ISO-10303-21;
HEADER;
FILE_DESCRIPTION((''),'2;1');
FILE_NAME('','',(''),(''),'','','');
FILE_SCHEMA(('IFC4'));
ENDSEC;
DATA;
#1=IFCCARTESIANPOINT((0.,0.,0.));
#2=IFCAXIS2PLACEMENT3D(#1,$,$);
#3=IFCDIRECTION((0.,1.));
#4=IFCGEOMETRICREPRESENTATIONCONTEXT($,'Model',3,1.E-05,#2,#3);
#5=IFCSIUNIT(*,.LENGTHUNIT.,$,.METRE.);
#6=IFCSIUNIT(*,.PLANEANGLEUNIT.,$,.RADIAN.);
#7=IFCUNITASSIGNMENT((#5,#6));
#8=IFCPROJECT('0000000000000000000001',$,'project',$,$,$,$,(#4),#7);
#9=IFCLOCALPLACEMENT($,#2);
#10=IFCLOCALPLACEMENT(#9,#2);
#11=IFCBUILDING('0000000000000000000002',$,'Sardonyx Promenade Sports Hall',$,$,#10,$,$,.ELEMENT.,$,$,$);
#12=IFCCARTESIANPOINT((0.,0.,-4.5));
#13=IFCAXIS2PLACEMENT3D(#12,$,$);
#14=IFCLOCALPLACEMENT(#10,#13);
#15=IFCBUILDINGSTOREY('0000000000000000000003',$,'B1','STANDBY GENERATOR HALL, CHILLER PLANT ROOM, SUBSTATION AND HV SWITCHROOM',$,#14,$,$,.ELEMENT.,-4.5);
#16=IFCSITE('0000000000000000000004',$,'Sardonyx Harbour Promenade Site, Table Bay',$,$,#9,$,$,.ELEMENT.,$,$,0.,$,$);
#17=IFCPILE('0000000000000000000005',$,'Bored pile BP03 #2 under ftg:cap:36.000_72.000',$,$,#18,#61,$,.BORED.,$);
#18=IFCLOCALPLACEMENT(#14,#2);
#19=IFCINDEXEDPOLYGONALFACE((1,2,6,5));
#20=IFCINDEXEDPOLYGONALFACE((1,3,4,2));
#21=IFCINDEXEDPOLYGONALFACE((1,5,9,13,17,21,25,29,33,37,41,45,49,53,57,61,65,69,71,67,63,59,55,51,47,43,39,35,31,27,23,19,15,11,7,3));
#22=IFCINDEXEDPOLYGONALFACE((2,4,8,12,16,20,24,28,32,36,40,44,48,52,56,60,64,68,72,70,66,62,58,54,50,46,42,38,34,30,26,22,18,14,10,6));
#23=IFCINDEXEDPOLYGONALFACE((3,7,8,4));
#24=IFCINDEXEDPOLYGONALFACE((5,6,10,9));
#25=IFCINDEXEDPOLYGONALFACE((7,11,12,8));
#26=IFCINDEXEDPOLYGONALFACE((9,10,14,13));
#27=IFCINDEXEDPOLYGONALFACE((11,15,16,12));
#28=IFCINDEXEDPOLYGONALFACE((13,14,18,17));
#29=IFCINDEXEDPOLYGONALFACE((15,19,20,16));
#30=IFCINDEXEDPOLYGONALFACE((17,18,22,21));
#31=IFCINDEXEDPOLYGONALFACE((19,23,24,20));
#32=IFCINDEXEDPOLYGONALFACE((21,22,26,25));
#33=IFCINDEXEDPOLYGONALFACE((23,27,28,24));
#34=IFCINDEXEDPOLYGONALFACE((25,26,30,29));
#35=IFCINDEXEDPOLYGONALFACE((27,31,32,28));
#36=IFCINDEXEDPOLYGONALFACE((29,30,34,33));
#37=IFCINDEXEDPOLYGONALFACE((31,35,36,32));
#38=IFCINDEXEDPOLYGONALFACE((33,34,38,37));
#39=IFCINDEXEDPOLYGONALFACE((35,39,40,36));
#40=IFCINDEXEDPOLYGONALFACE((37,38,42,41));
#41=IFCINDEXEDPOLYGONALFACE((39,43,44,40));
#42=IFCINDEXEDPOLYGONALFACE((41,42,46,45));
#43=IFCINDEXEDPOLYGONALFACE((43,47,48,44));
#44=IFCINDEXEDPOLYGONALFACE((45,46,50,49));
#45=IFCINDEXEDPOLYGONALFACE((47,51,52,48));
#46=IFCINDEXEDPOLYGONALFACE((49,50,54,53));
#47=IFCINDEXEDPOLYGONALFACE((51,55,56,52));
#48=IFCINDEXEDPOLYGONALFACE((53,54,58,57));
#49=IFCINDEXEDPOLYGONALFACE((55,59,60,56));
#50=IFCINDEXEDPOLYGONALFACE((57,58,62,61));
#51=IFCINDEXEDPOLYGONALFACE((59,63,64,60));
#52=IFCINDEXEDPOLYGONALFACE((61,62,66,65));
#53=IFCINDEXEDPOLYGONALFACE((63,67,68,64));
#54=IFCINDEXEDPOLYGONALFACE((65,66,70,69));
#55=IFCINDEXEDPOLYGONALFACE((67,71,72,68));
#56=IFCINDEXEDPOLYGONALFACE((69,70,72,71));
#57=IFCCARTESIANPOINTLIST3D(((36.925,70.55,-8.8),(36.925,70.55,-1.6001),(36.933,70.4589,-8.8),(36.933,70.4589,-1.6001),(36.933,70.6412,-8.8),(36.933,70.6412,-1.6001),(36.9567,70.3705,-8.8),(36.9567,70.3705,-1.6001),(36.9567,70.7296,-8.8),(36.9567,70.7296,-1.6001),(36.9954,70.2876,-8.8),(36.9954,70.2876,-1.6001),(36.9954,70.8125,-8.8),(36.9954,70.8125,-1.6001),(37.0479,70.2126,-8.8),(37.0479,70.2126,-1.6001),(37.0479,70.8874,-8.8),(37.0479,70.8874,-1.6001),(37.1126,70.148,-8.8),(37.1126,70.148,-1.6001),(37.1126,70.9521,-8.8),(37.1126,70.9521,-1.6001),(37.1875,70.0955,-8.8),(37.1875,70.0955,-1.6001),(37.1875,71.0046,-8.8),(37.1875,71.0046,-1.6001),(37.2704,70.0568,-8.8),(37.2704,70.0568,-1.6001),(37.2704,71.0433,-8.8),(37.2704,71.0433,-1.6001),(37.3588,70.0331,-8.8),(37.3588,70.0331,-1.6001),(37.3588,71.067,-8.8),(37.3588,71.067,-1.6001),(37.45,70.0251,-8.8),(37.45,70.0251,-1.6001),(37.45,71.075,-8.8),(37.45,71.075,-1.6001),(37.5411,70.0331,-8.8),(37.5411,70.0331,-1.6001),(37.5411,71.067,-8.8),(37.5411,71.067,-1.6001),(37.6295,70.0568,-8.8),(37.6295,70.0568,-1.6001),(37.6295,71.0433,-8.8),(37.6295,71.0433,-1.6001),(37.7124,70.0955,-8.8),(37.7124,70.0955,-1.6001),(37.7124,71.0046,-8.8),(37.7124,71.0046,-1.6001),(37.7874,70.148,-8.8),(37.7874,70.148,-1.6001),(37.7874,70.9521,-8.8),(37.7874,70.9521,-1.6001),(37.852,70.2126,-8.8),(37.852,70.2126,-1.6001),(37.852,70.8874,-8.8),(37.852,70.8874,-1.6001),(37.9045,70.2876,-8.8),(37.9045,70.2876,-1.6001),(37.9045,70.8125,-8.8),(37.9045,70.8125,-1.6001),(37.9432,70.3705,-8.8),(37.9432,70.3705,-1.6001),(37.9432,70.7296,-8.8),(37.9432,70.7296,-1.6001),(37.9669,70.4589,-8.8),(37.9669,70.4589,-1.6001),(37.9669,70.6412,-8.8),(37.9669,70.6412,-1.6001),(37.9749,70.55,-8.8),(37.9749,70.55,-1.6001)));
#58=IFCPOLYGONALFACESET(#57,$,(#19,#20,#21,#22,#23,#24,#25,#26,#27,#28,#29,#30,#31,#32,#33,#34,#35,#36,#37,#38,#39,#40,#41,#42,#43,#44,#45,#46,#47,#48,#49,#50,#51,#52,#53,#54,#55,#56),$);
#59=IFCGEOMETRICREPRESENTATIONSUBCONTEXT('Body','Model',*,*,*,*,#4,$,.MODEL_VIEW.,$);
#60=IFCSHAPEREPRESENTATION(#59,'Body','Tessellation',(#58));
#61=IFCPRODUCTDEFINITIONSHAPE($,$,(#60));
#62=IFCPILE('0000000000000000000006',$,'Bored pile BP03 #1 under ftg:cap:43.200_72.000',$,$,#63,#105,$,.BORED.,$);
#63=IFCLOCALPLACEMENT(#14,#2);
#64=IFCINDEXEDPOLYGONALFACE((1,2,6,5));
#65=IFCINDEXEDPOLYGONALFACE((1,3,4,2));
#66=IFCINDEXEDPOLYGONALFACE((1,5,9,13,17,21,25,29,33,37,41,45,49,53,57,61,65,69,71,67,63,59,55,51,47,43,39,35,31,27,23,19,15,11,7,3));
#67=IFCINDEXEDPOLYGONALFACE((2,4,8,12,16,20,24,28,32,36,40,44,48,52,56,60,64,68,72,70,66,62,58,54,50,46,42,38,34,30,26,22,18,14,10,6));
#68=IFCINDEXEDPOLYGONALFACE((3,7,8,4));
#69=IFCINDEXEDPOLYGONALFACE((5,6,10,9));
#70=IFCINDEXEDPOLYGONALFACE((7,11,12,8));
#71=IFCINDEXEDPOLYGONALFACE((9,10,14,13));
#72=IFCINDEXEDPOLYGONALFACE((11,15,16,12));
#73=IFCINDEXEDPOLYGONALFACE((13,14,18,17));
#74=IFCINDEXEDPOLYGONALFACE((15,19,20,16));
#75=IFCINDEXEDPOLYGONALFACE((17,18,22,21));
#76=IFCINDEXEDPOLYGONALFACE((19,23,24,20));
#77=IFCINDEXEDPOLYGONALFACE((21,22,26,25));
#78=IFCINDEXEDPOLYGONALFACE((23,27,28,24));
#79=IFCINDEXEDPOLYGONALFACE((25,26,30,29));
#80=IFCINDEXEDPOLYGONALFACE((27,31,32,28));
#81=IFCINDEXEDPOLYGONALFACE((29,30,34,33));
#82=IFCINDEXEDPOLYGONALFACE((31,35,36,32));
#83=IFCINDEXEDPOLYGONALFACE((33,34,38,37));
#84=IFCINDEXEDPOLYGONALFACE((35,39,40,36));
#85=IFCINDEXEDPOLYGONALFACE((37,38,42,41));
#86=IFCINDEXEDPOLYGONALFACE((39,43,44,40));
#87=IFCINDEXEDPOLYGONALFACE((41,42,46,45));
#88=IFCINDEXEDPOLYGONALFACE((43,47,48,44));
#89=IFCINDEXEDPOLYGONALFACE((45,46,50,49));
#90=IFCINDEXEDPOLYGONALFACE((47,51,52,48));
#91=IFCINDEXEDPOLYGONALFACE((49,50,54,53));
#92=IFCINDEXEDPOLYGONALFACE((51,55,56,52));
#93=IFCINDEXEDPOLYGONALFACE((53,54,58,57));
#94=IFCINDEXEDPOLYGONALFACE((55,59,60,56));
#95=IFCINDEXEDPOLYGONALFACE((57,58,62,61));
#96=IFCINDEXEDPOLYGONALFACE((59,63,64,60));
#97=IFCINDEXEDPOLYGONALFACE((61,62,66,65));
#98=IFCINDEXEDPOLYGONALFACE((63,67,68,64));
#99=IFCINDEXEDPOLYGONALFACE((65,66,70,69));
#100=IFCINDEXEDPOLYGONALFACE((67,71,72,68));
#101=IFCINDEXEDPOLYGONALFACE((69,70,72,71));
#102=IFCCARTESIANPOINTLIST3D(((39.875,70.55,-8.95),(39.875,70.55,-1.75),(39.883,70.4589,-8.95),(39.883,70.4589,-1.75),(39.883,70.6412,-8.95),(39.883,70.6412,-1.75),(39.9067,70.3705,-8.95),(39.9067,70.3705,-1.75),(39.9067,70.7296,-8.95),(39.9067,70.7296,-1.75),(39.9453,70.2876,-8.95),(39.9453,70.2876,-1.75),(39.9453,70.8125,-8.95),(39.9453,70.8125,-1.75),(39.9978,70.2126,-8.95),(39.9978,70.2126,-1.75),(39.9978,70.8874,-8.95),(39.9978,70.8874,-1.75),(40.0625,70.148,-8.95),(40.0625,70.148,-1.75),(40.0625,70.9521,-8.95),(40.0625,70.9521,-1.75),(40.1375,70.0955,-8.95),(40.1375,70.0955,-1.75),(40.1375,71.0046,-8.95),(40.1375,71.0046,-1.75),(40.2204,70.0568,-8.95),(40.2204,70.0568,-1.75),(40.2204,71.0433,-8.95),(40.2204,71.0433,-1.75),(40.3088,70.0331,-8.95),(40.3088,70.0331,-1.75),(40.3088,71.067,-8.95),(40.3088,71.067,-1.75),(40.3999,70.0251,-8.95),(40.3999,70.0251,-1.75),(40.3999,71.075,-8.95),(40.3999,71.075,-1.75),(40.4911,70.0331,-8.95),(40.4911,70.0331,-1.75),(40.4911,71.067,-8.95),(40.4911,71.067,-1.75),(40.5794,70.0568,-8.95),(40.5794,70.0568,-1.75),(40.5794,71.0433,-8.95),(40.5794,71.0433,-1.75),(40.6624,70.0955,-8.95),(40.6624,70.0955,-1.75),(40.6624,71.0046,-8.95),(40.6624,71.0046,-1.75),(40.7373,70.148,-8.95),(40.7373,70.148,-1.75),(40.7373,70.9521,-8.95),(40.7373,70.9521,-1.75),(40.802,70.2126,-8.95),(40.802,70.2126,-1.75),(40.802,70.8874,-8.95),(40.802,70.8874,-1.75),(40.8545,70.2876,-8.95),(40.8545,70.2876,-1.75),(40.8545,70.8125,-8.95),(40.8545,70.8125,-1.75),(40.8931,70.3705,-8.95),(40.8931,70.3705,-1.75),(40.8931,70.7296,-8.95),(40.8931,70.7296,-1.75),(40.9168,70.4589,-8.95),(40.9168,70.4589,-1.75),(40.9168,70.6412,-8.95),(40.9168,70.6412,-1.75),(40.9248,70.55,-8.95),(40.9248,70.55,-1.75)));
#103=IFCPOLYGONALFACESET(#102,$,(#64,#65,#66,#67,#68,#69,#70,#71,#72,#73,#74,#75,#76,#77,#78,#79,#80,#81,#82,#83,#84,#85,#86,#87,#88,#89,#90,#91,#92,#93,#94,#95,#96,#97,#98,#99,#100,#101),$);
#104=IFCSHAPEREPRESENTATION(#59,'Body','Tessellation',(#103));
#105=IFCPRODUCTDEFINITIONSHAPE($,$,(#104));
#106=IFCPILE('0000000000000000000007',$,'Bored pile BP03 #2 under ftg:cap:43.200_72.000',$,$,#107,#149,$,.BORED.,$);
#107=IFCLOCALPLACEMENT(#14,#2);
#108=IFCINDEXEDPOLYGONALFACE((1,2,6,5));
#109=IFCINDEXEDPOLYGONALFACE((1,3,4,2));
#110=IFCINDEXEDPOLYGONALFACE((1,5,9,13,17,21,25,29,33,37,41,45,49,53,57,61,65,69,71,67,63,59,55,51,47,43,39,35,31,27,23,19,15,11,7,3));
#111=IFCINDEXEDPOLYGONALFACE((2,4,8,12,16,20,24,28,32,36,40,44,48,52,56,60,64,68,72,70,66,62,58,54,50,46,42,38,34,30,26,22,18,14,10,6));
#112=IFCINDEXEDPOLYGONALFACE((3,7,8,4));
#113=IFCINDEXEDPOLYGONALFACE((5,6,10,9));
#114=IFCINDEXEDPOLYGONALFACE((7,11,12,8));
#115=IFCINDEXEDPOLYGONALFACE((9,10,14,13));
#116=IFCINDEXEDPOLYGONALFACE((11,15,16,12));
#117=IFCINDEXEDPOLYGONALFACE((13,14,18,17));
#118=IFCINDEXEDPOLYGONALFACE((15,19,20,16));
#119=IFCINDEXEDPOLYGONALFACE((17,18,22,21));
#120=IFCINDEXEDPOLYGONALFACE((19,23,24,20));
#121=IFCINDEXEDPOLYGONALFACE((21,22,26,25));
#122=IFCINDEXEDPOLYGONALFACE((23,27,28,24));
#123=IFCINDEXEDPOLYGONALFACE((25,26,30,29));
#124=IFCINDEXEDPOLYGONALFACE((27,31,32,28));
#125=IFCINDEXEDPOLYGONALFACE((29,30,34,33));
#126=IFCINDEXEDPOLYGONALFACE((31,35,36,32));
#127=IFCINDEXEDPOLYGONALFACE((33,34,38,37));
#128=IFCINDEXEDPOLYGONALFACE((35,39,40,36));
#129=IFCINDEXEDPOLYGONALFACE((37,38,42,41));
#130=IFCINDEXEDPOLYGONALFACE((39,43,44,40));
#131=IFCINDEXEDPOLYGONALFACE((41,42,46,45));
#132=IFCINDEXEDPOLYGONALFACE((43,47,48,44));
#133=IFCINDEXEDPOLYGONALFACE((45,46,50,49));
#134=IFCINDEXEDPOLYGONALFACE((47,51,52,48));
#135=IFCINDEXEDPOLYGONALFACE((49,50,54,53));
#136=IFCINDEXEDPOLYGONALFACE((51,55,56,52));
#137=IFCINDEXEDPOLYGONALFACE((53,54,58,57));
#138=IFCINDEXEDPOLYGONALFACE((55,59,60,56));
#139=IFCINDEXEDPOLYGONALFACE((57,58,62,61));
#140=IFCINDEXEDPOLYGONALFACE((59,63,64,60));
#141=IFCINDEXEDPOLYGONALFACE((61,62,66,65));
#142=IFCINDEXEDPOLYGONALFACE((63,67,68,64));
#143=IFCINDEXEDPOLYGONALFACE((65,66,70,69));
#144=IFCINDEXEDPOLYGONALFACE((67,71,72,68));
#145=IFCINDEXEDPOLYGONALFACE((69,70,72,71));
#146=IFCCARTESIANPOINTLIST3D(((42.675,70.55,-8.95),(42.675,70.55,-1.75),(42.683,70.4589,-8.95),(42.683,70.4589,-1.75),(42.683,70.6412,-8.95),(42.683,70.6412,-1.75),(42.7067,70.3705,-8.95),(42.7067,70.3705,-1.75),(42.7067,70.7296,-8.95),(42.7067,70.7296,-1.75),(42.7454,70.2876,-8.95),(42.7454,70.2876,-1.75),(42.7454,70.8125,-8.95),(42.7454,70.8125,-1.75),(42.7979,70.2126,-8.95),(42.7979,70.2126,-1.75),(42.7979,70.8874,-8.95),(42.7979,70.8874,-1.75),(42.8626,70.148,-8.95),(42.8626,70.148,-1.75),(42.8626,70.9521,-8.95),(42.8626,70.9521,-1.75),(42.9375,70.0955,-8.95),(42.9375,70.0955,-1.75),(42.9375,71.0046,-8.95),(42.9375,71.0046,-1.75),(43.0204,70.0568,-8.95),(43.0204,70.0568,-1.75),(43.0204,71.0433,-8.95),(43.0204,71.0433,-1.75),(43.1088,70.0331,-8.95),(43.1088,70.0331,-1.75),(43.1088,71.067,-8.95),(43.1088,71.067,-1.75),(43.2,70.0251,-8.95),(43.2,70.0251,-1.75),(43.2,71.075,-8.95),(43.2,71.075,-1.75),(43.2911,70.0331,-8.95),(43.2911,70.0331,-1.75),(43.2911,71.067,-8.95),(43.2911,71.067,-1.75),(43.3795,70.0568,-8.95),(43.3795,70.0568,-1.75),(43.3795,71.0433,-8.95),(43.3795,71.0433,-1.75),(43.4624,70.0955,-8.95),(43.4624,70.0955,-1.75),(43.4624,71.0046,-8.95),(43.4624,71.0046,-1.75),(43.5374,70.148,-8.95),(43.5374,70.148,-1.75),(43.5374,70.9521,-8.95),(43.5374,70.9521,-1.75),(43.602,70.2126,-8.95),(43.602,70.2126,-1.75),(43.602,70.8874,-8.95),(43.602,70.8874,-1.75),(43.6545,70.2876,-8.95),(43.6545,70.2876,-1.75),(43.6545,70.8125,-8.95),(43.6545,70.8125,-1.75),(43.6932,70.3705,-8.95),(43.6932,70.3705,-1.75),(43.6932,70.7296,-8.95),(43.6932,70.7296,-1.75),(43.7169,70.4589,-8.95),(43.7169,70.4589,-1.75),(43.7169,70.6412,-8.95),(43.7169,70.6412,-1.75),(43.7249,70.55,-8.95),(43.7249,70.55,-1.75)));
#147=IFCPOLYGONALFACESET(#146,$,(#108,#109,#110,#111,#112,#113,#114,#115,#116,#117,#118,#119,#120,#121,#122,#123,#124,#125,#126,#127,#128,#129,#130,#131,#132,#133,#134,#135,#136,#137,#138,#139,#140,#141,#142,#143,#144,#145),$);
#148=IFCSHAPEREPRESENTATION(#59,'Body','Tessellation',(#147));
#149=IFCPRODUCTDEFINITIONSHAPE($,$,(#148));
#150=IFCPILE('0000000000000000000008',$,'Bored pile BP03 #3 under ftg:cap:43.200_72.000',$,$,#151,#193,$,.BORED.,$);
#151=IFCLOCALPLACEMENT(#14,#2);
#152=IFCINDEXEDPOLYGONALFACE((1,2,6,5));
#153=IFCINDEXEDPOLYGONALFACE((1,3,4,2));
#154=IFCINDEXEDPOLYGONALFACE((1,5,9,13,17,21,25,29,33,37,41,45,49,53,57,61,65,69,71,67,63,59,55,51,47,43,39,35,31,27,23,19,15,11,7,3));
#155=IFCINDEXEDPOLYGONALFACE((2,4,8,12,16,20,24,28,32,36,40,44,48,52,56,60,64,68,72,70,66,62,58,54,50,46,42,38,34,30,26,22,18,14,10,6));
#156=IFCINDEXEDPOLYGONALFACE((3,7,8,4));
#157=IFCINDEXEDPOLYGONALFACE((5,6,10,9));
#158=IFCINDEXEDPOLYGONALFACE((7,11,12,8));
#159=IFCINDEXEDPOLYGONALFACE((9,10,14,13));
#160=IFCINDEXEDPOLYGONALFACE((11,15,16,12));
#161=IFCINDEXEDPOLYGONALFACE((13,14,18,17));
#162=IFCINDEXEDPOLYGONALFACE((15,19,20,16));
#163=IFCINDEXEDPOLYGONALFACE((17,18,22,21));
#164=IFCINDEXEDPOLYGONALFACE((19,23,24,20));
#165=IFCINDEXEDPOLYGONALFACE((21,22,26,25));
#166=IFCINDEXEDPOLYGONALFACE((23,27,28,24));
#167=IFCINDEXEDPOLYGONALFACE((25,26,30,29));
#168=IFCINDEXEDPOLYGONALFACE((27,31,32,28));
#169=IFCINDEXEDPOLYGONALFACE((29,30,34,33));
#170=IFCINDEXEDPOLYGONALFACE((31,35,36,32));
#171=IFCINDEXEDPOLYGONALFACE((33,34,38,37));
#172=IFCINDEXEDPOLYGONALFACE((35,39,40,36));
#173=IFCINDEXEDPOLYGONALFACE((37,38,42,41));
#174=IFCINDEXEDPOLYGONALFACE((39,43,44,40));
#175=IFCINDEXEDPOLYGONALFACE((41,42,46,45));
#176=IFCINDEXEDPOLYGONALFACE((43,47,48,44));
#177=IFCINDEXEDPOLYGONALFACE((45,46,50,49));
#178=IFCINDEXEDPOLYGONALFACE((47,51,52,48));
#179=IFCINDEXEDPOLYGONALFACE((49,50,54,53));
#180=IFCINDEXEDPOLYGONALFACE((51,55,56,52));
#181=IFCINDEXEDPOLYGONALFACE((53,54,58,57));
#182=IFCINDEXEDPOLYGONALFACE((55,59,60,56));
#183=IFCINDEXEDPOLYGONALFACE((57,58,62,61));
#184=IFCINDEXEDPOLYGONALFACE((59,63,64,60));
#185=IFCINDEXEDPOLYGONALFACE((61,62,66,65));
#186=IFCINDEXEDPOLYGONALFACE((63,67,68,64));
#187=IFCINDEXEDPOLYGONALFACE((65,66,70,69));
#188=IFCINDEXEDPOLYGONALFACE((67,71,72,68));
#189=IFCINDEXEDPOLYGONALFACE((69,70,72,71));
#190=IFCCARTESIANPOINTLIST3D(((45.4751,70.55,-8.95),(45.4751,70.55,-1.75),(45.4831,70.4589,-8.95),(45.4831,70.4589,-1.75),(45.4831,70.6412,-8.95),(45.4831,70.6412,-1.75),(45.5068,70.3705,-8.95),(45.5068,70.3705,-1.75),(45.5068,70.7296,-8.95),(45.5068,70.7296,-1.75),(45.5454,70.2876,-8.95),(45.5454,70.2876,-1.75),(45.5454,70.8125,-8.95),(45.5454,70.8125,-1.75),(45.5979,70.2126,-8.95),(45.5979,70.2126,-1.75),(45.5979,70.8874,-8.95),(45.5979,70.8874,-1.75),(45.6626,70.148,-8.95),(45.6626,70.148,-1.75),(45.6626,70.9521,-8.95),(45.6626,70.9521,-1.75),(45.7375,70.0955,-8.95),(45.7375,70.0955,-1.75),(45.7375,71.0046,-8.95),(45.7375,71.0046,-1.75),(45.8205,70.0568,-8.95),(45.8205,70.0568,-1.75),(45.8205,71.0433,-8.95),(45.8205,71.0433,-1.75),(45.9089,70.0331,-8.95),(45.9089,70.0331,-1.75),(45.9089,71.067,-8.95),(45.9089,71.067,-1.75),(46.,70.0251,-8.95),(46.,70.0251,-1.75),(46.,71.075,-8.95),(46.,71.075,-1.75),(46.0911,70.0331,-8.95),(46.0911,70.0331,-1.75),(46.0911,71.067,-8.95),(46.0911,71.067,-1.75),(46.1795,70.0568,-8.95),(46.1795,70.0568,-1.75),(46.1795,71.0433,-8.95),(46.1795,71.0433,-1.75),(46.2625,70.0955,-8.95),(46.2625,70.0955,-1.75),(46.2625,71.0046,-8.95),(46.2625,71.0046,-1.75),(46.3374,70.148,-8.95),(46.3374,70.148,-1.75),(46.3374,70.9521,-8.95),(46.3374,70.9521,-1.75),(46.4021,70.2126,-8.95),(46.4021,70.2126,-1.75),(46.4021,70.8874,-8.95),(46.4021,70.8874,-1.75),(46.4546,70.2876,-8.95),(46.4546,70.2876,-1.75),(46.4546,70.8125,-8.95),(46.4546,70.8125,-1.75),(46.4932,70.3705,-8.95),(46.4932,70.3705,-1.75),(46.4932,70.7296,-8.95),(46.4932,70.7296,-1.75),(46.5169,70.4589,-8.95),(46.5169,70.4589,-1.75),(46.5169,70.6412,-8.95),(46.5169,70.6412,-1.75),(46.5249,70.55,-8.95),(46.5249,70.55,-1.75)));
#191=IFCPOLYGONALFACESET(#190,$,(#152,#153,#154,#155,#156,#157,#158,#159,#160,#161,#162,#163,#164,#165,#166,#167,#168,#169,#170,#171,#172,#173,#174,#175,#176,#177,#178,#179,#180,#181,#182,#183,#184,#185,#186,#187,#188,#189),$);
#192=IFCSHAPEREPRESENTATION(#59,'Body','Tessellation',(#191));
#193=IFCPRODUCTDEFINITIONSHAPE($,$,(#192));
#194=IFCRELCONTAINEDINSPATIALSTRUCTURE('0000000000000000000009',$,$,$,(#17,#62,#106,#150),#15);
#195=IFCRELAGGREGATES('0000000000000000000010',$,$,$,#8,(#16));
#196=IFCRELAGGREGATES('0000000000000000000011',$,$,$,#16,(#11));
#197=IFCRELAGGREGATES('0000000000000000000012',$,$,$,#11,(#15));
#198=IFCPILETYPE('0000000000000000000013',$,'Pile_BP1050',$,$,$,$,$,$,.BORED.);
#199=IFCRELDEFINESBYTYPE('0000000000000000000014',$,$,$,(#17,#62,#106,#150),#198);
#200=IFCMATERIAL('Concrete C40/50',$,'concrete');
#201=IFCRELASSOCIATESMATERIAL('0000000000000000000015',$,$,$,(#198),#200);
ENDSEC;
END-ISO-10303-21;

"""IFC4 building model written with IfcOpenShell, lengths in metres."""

from ifc_helpers import new_model, si_unit, direction, frame, origin, origin_2d, place, context, subcontext, project, spatial, circle, extrude, material, material_profile, profile_set, type_object, element, save


model = new_model("IFC4")

# Units and contexts
model_context = context("Model", 3, precision=1e-05, world=origin(), true_north=direction((0.0, 1.0)))
body_context = subcontext(model_context, "Body", "Model", "MODEL_VIEW")
ifc_project = project(units=[si_unit("LENGTHUNIT", "METRE"), si_unit("PLANEANGLEUNIT", "RADIAN")], contexts=[model_context])

# Site, building, storey
site_placement = place(None, origin())
site = spatial("IfcSite", under=ifc_project, at=site_placement, Name="Sardonyx Harbour Promenade Site, Table Bay", CompositionType="ELEMENT", RefElevation=0.0)
building_placement = place(site_placement, origin())
building = spatial("IfcBuilding", under=site, at=building_placement, Name="Sardonyx Promenade Sports Hall", CompositionType="ELEMENT")
storey_placement = place(building_placement, frame((0.0, 0.0, -4.5)))
storey = spatial("IfcBuildingStorey", under=building, at=storey_placement, Name="B1", Description="STANDBY GENERATOR HALL, CHILLER PLANT ROOM, SUBSTATION AND HV SWITCHROOM", CompositionType="ELEMENT", Elevation=-4.5)

# Piles
ifc_material_1 = material(Name="Concrete C40/50", Category="concrete")
ifc_material_profile_1 = material_profile(ifc_material_1, circle(Radius=0.5249, at=origin_2d()))
ifc_profile_set_1 = profile_set([ifc_material_profile_1], Name="Concrete C40/50")
pile_type_1 = type_object("IfcPileType", Name="Pile_BP1050", PredefinedType="BORED", material=ifc_profile_set_1)
for number, where, z_axis, x_axis, name in (
    (1, (37.45, 70.55, -1.6001), (0.0, 0.0, -1.0), (1.0, 0.0, 0.0), "Bored pile BP03 #2 under ftg:cap:36.000_72.000"),
    (2, (40.3999, 70.55, -1.75), (0.0, 0.0, -1.0), (1.0, 0.0, 0.0), "Bored pile BP03 #1 under ftg:cap:43.200_72.000"),
    (3, (43.2, 70.55, -1.75), (0.0, 0.0, -1.0), (1.0, 0.0, 0.0), "Bored pile BP03 #2 under ftg:cap:43.200_72.000"),
    (4, (46.0, 70.55, -1.75), (0.0, 0.0, -1.0), (1.0, 0.0, 0.0), "Bored pile BP03 #3 under ftg:cap:43.200_72.000"),
):
    element("IfcPile", number, at=place(storey_placement, frame(where, z_axis=z_axis, x_axis=x_axis)), inside=storey, type_object=pile_type_1, Name=name, PredefinedType="BORED", context=body_context, shape_type="SweptSolid", body=[
        extrude(circle(Radius=0.5249, at=origin_2d()), origin(), (0.0, 0.0, 1.0), 7.2),
    ])

save(model, "model.ifc")
